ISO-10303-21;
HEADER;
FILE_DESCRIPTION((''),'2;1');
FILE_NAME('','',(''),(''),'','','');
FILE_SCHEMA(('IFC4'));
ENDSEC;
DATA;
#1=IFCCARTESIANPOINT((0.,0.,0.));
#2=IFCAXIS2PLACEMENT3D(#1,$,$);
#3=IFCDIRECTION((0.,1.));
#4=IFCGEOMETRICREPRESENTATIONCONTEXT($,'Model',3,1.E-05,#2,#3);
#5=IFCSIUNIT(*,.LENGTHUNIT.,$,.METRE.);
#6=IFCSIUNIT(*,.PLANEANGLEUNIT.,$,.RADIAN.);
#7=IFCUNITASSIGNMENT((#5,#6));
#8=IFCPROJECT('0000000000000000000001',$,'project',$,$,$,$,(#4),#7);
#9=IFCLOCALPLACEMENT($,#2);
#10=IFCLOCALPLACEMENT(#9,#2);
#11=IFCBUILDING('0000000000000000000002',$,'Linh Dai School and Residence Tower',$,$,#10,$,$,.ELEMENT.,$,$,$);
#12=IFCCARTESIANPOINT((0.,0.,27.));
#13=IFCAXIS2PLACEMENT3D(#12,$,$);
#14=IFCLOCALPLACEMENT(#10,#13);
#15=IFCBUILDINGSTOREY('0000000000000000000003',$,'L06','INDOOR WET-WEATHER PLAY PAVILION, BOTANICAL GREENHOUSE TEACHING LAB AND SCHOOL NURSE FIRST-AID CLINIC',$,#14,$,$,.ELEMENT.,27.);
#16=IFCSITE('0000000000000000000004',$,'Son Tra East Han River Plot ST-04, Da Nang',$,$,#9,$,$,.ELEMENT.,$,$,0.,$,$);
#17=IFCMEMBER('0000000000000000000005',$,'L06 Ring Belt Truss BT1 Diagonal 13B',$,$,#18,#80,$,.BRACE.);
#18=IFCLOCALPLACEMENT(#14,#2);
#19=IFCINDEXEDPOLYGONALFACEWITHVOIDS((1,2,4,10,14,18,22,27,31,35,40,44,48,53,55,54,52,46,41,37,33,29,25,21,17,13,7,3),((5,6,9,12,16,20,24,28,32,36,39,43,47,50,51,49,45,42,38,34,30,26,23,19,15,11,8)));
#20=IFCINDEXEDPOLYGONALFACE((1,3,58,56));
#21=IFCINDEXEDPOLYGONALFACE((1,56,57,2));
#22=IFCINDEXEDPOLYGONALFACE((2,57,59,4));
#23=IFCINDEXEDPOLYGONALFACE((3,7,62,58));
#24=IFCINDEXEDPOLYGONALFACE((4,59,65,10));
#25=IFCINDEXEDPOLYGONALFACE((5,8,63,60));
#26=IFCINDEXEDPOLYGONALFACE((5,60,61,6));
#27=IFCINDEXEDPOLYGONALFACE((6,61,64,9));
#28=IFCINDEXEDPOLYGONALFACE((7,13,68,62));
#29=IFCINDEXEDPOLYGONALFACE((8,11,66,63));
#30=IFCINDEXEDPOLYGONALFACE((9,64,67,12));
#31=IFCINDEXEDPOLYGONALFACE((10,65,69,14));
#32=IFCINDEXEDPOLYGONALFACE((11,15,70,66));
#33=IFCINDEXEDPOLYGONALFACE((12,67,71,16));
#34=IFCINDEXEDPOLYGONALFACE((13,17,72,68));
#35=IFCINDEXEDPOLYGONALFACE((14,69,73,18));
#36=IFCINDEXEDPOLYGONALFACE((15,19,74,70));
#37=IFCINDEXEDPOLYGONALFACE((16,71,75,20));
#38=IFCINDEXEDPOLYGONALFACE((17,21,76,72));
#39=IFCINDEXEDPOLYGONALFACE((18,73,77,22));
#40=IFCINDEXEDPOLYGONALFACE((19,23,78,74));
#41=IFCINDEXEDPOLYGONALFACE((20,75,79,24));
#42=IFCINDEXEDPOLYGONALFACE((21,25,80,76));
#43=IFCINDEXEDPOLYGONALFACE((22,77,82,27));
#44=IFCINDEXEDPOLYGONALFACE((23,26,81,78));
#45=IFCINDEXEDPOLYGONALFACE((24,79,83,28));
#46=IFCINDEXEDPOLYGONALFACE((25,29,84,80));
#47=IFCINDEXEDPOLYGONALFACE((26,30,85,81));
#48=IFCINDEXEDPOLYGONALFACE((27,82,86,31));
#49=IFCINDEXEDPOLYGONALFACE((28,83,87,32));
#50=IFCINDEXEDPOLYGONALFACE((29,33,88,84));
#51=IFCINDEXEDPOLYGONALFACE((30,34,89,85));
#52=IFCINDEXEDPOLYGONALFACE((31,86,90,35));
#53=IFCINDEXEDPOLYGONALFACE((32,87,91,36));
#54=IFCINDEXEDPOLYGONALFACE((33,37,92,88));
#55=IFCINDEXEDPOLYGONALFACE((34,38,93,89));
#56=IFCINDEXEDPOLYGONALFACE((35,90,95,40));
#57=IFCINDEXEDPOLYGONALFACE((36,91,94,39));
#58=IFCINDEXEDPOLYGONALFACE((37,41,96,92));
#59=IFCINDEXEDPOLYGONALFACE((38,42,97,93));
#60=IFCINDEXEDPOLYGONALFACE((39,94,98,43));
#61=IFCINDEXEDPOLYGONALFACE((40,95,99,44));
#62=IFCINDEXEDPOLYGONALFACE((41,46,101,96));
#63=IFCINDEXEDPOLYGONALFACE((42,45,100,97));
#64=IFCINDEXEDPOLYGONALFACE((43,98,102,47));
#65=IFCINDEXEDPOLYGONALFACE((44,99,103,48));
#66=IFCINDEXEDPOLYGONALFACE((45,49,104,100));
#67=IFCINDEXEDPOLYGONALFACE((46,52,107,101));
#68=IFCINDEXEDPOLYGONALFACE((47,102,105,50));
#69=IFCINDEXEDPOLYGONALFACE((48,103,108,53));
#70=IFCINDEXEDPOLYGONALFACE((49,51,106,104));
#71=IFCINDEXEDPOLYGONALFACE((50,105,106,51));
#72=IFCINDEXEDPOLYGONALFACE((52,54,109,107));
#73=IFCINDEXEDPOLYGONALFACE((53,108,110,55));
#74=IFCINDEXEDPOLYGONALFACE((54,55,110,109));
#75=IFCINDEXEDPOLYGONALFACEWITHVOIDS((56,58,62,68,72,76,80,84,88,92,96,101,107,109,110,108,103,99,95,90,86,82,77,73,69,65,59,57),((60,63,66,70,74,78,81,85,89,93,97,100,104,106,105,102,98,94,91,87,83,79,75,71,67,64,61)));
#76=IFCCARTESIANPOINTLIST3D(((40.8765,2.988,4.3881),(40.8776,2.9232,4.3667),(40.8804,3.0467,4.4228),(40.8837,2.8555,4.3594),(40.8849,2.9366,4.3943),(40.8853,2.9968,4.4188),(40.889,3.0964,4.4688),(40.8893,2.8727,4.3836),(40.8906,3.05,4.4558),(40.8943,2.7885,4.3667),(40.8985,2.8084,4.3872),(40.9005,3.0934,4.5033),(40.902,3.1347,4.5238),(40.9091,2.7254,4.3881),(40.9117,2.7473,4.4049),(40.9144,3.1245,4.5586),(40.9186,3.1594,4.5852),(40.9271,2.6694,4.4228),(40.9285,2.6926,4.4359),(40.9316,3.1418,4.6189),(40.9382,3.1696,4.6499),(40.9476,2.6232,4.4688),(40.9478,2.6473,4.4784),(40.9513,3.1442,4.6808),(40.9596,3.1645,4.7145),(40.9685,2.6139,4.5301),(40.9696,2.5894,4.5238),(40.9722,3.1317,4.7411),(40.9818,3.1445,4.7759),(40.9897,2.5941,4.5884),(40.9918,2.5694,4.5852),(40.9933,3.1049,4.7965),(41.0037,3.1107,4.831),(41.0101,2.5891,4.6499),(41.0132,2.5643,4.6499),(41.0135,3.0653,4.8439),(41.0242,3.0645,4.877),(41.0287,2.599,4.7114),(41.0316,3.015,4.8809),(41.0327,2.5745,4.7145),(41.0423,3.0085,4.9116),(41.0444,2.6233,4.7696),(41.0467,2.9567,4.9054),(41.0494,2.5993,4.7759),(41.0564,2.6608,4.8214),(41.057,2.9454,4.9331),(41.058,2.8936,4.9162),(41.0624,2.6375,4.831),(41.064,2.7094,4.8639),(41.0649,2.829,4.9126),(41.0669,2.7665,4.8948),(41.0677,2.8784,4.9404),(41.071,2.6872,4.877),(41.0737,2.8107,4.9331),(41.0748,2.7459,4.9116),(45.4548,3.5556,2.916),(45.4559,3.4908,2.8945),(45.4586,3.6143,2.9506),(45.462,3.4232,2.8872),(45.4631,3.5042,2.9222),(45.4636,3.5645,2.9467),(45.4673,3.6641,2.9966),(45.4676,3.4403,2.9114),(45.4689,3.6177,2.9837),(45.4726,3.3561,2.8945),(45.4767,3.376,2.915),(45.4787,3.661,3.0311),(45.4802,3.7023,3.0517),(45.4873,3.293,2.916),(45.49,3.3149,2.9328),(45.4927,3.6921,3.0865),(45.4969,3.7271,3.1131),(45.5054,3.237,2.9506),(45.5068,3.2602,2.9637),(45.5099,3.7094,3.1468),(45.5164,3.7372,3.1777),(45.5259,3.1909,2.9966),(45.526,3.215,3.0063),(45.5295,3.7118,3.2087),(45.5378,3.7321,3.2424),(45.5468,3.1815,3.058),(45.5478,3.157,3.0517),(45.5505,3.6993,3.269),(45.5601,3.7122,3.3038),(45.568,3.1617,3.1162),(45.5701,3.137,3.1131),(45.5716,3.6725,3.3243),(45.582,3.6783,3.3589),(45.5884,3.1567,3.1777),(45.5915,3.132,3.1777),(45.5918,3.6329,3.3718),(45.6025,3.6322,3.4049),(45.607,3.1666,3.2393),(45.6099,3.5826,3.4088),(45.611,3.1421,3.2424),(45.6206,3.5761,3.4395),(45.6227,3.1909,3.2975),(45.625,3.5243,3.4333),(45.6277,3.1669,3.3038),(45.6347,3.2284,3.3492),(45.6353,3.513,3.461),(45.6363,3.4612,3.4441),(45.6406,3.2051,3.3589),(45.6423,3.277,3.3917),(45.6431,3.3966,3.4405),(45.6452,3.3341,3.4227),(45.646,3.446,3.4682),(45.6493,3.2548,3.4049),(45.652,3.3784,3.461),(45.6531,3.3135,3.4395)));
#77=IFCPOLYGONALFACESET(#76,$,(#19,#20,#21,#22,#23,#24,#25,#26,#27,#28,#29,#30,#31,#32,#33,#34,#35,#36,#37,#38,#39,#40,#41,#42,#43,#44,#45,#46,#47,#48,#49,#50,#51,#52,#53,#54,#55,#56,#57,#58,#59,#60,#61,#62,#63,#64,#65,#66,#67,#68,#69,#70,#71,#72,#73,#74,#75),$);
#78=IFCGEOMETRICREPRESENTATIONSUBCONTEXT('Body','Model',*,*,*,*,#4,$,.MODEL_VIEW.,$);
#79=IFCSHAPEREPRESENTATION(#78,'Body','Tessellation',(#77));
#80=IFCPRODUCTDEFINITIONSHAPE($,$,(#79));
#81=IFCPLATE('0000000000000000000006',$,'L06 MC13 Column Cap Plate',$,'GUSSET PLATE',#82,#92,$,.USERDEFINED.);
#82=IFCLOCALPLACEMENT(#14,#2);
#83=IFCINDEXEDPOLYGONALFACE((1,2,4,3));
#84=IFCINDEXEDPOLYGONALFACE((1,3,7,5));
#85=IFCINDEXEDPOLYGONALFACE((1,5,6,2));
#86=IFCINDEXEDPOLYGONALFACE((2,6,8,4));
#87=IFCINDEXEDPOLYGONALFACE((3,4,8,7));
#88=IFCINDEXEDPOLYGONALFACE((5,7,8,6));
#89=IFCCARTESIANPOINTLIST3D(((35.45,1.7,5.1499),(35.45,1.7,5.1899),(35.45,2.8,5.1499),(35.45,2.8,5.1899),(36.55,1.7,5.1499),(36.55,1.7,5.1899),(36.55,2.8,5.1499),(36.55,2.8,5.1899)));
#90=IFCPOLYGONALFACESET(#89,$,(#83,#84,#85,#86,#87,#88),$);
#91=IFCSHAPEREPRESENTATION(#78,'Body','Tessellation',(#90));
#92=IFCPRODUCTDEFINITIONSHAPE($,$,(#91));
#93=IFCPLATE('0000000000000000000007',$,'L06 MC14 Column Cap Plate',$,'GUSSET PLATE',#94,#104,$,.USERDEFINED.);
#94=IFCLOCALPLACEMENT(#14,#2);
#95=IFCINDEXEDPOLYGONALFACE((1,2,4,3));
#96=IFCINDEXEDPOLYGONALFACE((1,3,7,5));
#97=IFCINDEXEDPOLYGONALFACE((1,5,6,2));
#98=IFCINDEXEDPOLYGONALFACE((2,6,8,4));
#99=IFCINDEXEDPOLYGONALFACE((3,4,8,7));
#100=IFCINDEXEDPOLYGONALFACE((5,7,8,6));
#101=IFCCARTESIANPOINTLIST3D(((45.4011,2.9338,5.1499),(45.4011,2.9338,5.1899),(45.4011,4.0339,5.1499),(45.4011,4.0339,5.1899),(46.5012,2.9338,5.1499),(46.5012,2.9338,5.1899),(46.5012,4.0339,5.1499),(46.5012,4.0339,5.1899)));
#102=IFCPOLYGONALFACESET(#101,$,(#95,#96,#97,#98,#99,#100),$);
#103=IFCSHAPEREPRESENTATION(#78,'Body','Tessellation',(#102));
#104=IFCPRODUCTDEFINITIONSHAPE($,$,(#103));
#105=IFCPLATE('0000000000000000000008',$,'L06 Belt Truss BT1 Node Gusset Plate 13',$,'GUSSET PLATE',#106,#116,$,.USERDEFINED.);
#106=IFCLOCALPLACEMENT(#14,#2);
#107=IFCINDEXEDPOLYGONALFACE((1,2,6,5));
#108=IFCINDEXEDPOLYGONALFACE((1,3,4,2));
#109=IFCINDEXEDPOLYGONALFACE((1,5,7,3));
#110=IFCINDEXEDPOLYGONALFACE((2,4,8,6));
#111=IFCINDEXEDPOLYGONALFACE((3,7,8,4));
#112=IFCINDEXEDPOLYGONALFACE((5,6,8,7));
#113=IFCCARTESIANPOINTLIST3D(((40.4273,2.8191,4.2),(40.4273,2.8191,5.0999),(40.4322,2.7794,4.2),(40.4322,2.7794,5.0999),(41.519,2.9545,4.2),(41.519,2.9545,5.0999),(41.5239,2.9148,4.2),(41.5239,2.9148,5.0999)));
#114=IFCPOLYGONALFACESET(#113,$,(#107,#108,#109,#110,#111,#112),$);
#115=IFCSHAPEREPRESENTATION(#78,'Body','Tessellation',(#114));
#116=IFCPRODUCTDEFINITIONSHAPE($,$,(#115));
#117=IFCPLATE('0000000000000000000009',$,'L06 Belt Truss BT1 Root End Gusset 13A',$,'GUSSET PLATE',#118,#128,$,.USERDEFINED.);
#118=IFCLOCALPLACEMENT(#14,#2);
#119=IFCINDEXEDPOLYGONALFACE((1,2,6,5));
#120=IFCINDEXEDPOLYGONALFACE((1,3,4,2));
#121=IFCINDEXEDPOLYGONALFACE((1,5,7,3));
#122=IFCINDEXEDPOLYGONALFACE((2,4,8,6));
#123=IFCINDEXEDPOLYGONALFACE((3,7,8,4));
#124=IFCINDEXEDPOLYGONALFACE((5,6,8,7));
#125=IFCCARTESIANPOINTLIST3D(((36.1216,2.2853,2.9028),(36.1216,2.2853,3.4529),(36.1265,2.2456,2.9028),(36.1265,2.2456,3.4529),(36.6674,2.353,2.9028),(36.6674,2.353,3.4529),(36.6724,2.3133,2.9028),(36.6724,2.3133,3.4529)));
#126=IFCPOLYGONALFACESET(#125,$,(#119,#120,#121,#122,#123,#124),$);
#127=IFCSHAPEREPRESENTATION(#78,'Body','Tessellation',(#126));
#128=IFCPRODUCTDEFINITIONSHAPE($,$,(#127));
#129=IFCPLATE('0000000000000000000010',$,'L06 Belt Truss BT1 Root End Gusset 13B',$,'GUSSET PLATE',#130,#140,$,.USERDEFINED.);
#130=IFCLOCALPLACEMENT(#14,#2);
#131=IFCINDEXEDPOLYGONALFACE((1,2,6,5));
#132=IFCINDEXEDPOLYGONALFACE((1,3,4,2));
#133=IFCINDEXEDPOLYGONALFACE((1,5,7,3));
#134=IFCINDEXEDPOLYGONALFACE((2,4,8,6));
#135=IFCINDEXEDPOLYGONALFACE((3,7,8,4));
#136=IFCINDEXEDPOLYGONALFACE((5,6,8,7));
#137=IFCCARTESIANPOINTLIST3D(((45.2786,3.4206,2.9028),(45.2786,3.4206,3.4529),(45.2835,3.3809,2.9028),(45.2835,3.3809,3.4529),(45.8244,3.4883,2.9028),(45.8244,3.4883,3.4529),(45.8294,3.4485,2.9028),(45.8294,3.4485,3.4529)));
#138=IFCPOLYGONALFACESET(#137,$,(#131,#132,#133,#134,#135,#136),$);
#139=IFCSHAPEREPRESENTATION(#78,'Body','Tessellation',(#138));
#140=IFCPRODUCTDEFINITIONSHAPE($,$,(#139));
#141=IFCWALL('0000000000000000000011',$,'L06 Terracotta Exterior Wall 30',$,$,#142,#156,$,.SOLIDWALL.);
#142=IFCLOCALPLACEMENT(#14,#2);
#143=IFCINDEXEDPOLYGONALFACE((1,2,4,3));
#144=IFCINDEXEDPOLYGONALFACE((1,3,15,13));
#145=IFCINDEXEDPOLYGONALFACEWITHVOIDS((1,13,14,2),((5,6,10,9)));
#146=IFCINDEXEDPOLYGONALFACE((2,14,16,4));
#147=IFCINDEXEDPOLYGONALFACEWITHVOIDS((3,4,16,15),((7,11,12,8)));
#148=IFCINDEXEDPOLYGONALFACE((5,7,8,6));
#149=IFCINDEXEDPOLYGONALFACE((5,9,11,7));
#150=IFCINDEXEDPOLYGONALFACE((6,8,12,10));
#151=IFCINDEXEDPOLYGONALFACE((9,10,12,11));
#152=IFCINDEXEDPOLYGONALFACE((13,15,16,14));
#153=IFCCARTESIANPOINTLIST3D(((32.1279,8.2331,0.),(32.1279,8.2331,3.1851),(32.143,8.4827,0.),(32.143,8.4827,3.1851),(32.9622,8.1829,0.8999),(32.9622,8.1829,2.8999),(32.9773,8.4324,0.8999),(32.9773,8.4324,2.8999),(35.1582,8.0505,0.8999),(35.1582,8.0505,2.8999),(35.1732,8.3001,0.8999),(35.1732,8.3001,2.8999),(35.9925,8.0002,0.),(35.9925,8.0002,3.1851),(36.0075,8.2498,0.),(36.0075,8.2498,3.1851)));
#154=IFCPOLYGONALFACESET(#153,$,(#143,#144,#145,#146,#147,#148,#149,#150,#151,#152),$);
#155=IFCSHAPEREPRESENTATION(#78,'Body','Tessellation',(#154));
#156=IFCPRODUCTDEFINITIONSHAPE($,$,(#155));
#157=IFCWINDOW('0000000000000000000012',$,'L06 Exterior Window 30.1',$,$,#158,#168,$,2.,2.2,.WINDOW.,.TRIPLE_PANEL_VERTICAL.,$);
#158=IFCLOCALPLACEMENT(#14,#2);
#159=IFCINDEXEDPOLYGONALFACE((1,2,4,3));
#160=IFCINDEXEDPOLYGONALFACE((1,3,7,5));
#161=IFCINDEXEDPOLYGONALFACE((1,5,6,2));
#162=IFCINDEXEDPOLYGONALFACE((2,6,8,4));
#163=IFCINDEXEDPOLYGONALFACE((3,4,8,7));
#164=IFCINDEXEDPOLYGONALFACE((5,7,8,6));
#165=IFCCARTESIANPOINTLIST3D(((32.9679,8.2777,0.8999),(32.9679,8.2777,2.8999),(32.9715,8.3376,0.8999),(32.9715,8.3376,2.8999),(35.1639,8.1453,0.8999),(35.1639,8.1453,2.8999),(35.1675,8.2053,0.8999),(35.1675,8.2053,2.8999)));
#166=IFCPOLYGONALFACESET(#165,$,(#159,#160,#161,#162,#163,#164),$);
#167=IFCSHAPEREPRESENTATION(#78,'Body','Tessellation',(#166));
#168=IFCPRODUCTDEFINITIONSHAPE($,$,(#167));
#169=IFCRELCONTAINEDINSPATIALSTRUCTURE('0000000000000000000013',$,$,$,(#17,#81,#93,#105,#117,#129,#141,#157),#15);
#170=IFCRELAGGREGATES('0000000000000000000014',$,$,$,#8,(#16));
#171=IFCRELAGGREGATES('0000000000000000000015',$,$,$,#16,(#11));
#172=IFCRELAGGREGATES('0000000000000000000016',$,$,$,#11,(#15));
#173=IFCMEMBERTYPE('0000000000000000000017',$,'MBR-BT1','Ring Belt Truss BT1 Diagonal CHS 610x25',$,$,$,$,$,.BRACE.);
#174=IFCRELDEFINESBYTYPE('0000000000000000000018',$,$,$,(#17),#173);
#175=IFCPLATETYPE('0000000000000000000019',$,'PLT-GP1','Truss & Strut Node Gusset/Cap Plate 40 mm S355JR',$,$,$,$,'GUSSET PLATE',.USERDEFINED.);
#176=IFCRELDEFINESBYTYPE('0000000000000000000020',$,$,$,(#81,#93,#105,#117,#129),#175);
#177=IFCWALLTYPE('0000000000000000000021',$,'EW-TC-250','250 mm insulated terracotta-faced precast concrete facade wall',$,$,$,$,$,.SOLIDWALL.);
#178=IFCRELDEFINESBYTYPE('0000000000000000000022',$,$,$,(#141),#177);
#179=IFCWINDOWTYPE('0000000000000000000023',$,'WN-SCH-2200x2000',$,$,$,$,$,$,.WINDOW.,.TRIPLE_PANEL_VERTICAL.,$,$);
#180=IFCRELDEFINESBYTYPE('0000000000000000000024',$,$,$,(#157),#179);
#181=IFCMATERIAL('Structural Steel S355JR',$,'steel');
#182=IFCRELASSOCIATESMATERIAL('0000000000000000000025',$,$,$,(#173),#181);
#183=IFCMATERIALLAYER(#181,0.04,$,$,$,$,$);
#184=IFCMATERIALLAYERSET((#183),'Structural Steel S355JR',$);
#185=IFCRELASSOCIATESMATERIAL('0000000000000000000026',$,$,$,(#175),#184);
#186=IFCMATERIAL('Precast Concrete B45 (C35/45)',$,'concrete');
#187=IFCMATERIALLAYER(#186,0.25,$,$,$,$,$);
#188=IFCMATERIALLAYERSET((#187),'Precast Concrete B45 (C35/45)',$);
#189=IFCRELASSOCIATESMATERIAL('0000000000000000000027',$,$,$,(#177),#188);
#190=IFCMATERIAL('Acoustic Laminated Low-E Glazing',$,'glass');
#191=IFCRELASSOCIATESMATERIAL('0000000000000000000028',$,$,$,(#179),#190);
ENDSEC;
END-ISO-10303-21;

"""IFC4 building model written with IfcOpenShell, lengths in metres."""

from ifc_helpers import new_model, si_unit, direction, frame, frame_2d, origin, origin_2d, place, context, subcontext, project, spatial, rectangle, hollow_circle, extrude, source, transform, mapped, material, layer, layer_set, material_profile, profile_set, type_object, element, fill, save


model = new_model("IFC4")

# Units and contexts
model_context = context("Model", 3, precision=1e-05, world=origin(), true_north=direction((0.0, 1.0)))
body_context = subcontext(model_context, "Body", "Model", "MODEL_VIEW")
ifc_project = project(units=[si_unit("LENGTHUNIT", "METRE"), si_unit("PLANEANGLEUNIT", "RADIAN")], contexts=[model_context])

# Site, building, storey
site_placement = place(None, origin())
site = spatial("IfcSite", under=ifc_project, at=site_placement, Name="Son Tra East Han River Plot ST-04, Da Nang", CompositionType="ELEMENT", RefElevation=0.0)
building_placement = place(site_placement, origin())
building = spatial("IfcBuilding", under=site, at=building_placement, Name="Linh Dai School and Residence Tower", CompositionType="ELEMENT")
storey_placement = place(building_placement, frame((0.0, 0.0, 27.0)))
storey = spatial("IfcBuildingStorey", under=building, at=storey_placement, Name="L06", Description="INDOOR WET-WEATHER PLAY PAVILION, BOTANICAL GREENHOUSE TEACHING LAB AND SCHOOL NURSE FIRST-AID CLINIC", CompositionType="ELEMENT", Elevation=27.0)

# Shared definitions
ifc_material_1 = material(Name="Structural Steel S355JR", Category="steel")

# Member
ifc_material_profile_1 = material_profile(ifc_material_1, hollow_circle(Radius=0.3049, WallThickness=0.0249, at=origin_2d()), Name="CHS 610x25")
ifc_profile_set_1 = profile_set([ifc_material_profile_1], Name="Structural Steel S355JR")
member_type = type_object("IfcMemberType", Name="MBR-BT1", Description="Ring Belt Truss BT1 Diagonal CHS 610x25", PredefinedType="BRACE", material=ifc_profile_set_1)
member_1_placement = place(storey_placement, frame((45.554, 3.4346, 3.1777), z_axis=(-0.945433, -0.117215, 0.304003), x_axis=(0.123038, -0.992402, 0.0)))
element("IfcMember", 1, at=member_1_placement, inside=storey, type_object=member_type, Name="L06 Ring Belt Truss BT1 Diagonal 13B", PredefinedType="BRACE", context=body_context, shape_type="SweptSolid", body=[
    extrude(hollow_circle(Radius=0.3049, WallThickness=0.0249, at=origin_2d()), origin(), (0.0, 0.0, 1.0), 4.8425),
])

# Plates
ifc_layer_1 = layer(ifc_material_1, 0.04)
ifc_layer_set_1 = layer_set([ifc_layer_1], Name="Structural Steel S355JR")
plate_type = type_object("IfcPlateType", Name="PLT-GP1", Description="Truss & Strut Node Gusset/Cap Plate 40 mm S355JR", ElementType="GUSSET PLATE", PredefinedType="USERDEFINED", material=ifc_layer_set_1)
shared_shape_1 = source(origin(), body_context, "Body", "SweptSolid", [
    extrude(rectangle(XDim=1.1001, YDim=1.1001, at=origin_2d()), origin(), (0.0, 0.0, 1.0), 0.04),
])
for number, where, z_axis, x_axis, name in (
    (2, (36.0, 2.25, 5.1499), (0.0, 0.0, 1.0), (1.0, 0.0, 0.0), "L06 MC13 Column Cap Plate"),
    (3, (45.9512, 3.4839, 5.1499), (0.0, 0.0, 1.0), (1.0, 0.0, 0.0), "L06 MC14 Column Cap Plate"),
):
    element("IfcPlate", number, at=place(storey_placement, frame(where, z_axis=z_axis, x_axis=x_axis)), inside=storey, type_object=plate_type, Name=name, ObjectType="GUSSET PLATE", PredefinedType="USERDEFINED", context=body_context, shape_type="MappedRepresentation", body=[
        mapped(shared_shape_1, transform((0.0, 0.0, 0.0), x_axis=(1.0, 0.0, 0.0), y_axis=(0.0, 1.0, 0.0), z_axis=(0.0, 0.0, 1.0), scale=1.0)),
    ])
shared_shape_2 = source(origin(), body_context, "Body", "SweptSolid", [
    extrude(rectangle(XDim=1.1001, YDim=0.04, at=origin_2d()), origin(), (0.0, 0.0, 1.0), 0.8999),
])
plate_placement = place(storey_placement, frame((40.9756, 2.8669, 4.2), z_axis=(0.0, 0.0, 1.0), x_axis=(0.9924, 0.123056, 0.0)))
element("IfcPlate", 4, at=plate_placement, inside=storey, type_object=plate_type, Name="L06 Belt Truss BT1 Node Gusset Plate 13", ObjectType="GUSSET PLATE", PredefinedType="USERDEFINED", context=body_context, shape_type="MappedRepresentation", body=[
    mapped(shared_shape_2, transform((0.0, 0.0, 0.0), x_axis=(1.0, 0.0, 0.0), y_axis=(0.0, 1.0, 0.0), z_axis=(0.0, 0.0, 1.0), scale=1.0)),
])
shared_shape_3 = source(origin(), body_context, "Body", "SweptSolid", [
    extrude(rectangle(XDim=0.55, YDim=0.04, at=origin_2d()), origin(), (0.0, 0.0, 1.0), 0.55),
])
for number, where, z_axis, x_axis, name in (
    (5, (36.397, 2.2993, 2.9028), (0.0, 0.0, 1.0), (0.9924, 0.123056, 0.0), "L06 Belt Truss BT1 Root End Gusset 13A"),
    (6, (45.554, 3.4346, 2.9028), (0.0, 0.0, 1.0), (0.9924, 0.123056, 0.0), "L06 Belt Truss BT1 Root End Gusset 13B"),
):
    element("IfcPlate", number, at=place(storey_placement, frame(where, z_axis=z_axis, x_axis=x_axis)), inside=storey, type_object=plate_type, Name=name, ObjectType="GUSSET PLATE", PredefinedType="USERDEFINED", context=body_context, shape_type="MappedRepresentation", body=[
        mapped(shared_shape_3, transform((0.0, 0.0, 0.0), x_axis=(1.0, 0.0, 0.0), y_axis=(0.0, 1.0, 0.0), z_axis=(0.0, 0.0, 1.0), scale=1.0)),
    ])

# Wall, opening, window
ifc_material_2 = material(Name="Precast Concrete B45 (C35/45)", Category="concrete")
ifc_layer_2 = layer(ifc_material_2, 0.25)
ifc_layer_set_2 = layer_set([ifc_layer_2], Name="Precast Concrete B45 (C35/45)")
wall_type = type_object("IfcWallType", Name="EW-TC-250", Description="250 mm insulated terracotta-faced precast concrete facade wall", PredefinedType="SOLIDWALL", material=ifc_layer_set_2)
wall_1_placement = place(storey_placement, frame((36.0, 8.125, 0.0), z_axis=(0.0, 0.0, 1.0), x_axis=(-0.998189, 0.06016, 0.0)))
wall_1 = element("IfcWall", 7, at=wall_1_placement, inside=storey, type_object=wall_type, Name="L06 Terracotta Exterior Wall 30", PredefinedType="SOLIDWALL", context=body_context, shape_type="SweptSolid", body=[
    extrude(rectangle(XDim=3.8716, YDim=0.25, at=frame_2d((1.9358, 0.0))), origin(), (0.0, 0.0, 1.0), 3.1851),
])
opening_1_placement = place(wall_1_placement, frame((0.8357, 0.0, 0.8999)))
opening_1 = element("IfcOpeningElement", 8, at=opening_1_placement, cuts=wall_1, PredefinedType="OPENING", context=body_context, shape_type="SweptSolid", body=[
    extrude(rectangle(XDim=2.2, YDim=2.0, at=origin_2d()), frame((1.1001, 0.135, 1.0), z_axis=(0.0, -1.0, 0.0), x_axis=(1.0, 0.0, 0.0)), (0.0, 0.0, 1.0), 0.27),
])
ifc_material_3 = material(Name="Acoustic Laminated Low-E Glazing", Category="glass")
window_type = type_object("IfcWindowType", Name="WN-SCH-2200x2000", PartitioningType="TRIPLE_PANEL_VERTICAL", PredefinedType="WINDOW", material=ifc_material_3)
shared_shape_4 = source(origin(), body_context, "Body", "SweptSolid", [
    extrude(rectangle(XDim=2.2, YDim=2.0, at=origin_2d()), frame((1.1001, 0.03, 1.0), z_axis=(0.0, -1.0, 0.0), x_axis=(1.0, 0.0, 0.0)), (0.0, 0.0, 1.0), 0.0601),
])
window_placement = place(opening_1_placement, origin())
window = element("IfcWindow", 9, at=window_placement, inside=storey, type_object=window_type, Name="L06 Exterior Window 30.1", OverallHeight=2.0, OverallWidth=2.2, PartitioningType="TRIPLE_PANEL_VERTICAL", PredefinedType="WINDOW", context=body_context, shape_type="MappedRepresentation", body=[
    mapped(shared_shape_4, transform((0.0, 0.0, 0.0), x_axis=(1.0, 0.0, 0.0), y_axis=(0.0, 1.0, 0.0), z_axis=(0.0, 0.0, 1.0), scale=1.0)),
])
fill(opening_1, window)

save(model, "model.ifc")
